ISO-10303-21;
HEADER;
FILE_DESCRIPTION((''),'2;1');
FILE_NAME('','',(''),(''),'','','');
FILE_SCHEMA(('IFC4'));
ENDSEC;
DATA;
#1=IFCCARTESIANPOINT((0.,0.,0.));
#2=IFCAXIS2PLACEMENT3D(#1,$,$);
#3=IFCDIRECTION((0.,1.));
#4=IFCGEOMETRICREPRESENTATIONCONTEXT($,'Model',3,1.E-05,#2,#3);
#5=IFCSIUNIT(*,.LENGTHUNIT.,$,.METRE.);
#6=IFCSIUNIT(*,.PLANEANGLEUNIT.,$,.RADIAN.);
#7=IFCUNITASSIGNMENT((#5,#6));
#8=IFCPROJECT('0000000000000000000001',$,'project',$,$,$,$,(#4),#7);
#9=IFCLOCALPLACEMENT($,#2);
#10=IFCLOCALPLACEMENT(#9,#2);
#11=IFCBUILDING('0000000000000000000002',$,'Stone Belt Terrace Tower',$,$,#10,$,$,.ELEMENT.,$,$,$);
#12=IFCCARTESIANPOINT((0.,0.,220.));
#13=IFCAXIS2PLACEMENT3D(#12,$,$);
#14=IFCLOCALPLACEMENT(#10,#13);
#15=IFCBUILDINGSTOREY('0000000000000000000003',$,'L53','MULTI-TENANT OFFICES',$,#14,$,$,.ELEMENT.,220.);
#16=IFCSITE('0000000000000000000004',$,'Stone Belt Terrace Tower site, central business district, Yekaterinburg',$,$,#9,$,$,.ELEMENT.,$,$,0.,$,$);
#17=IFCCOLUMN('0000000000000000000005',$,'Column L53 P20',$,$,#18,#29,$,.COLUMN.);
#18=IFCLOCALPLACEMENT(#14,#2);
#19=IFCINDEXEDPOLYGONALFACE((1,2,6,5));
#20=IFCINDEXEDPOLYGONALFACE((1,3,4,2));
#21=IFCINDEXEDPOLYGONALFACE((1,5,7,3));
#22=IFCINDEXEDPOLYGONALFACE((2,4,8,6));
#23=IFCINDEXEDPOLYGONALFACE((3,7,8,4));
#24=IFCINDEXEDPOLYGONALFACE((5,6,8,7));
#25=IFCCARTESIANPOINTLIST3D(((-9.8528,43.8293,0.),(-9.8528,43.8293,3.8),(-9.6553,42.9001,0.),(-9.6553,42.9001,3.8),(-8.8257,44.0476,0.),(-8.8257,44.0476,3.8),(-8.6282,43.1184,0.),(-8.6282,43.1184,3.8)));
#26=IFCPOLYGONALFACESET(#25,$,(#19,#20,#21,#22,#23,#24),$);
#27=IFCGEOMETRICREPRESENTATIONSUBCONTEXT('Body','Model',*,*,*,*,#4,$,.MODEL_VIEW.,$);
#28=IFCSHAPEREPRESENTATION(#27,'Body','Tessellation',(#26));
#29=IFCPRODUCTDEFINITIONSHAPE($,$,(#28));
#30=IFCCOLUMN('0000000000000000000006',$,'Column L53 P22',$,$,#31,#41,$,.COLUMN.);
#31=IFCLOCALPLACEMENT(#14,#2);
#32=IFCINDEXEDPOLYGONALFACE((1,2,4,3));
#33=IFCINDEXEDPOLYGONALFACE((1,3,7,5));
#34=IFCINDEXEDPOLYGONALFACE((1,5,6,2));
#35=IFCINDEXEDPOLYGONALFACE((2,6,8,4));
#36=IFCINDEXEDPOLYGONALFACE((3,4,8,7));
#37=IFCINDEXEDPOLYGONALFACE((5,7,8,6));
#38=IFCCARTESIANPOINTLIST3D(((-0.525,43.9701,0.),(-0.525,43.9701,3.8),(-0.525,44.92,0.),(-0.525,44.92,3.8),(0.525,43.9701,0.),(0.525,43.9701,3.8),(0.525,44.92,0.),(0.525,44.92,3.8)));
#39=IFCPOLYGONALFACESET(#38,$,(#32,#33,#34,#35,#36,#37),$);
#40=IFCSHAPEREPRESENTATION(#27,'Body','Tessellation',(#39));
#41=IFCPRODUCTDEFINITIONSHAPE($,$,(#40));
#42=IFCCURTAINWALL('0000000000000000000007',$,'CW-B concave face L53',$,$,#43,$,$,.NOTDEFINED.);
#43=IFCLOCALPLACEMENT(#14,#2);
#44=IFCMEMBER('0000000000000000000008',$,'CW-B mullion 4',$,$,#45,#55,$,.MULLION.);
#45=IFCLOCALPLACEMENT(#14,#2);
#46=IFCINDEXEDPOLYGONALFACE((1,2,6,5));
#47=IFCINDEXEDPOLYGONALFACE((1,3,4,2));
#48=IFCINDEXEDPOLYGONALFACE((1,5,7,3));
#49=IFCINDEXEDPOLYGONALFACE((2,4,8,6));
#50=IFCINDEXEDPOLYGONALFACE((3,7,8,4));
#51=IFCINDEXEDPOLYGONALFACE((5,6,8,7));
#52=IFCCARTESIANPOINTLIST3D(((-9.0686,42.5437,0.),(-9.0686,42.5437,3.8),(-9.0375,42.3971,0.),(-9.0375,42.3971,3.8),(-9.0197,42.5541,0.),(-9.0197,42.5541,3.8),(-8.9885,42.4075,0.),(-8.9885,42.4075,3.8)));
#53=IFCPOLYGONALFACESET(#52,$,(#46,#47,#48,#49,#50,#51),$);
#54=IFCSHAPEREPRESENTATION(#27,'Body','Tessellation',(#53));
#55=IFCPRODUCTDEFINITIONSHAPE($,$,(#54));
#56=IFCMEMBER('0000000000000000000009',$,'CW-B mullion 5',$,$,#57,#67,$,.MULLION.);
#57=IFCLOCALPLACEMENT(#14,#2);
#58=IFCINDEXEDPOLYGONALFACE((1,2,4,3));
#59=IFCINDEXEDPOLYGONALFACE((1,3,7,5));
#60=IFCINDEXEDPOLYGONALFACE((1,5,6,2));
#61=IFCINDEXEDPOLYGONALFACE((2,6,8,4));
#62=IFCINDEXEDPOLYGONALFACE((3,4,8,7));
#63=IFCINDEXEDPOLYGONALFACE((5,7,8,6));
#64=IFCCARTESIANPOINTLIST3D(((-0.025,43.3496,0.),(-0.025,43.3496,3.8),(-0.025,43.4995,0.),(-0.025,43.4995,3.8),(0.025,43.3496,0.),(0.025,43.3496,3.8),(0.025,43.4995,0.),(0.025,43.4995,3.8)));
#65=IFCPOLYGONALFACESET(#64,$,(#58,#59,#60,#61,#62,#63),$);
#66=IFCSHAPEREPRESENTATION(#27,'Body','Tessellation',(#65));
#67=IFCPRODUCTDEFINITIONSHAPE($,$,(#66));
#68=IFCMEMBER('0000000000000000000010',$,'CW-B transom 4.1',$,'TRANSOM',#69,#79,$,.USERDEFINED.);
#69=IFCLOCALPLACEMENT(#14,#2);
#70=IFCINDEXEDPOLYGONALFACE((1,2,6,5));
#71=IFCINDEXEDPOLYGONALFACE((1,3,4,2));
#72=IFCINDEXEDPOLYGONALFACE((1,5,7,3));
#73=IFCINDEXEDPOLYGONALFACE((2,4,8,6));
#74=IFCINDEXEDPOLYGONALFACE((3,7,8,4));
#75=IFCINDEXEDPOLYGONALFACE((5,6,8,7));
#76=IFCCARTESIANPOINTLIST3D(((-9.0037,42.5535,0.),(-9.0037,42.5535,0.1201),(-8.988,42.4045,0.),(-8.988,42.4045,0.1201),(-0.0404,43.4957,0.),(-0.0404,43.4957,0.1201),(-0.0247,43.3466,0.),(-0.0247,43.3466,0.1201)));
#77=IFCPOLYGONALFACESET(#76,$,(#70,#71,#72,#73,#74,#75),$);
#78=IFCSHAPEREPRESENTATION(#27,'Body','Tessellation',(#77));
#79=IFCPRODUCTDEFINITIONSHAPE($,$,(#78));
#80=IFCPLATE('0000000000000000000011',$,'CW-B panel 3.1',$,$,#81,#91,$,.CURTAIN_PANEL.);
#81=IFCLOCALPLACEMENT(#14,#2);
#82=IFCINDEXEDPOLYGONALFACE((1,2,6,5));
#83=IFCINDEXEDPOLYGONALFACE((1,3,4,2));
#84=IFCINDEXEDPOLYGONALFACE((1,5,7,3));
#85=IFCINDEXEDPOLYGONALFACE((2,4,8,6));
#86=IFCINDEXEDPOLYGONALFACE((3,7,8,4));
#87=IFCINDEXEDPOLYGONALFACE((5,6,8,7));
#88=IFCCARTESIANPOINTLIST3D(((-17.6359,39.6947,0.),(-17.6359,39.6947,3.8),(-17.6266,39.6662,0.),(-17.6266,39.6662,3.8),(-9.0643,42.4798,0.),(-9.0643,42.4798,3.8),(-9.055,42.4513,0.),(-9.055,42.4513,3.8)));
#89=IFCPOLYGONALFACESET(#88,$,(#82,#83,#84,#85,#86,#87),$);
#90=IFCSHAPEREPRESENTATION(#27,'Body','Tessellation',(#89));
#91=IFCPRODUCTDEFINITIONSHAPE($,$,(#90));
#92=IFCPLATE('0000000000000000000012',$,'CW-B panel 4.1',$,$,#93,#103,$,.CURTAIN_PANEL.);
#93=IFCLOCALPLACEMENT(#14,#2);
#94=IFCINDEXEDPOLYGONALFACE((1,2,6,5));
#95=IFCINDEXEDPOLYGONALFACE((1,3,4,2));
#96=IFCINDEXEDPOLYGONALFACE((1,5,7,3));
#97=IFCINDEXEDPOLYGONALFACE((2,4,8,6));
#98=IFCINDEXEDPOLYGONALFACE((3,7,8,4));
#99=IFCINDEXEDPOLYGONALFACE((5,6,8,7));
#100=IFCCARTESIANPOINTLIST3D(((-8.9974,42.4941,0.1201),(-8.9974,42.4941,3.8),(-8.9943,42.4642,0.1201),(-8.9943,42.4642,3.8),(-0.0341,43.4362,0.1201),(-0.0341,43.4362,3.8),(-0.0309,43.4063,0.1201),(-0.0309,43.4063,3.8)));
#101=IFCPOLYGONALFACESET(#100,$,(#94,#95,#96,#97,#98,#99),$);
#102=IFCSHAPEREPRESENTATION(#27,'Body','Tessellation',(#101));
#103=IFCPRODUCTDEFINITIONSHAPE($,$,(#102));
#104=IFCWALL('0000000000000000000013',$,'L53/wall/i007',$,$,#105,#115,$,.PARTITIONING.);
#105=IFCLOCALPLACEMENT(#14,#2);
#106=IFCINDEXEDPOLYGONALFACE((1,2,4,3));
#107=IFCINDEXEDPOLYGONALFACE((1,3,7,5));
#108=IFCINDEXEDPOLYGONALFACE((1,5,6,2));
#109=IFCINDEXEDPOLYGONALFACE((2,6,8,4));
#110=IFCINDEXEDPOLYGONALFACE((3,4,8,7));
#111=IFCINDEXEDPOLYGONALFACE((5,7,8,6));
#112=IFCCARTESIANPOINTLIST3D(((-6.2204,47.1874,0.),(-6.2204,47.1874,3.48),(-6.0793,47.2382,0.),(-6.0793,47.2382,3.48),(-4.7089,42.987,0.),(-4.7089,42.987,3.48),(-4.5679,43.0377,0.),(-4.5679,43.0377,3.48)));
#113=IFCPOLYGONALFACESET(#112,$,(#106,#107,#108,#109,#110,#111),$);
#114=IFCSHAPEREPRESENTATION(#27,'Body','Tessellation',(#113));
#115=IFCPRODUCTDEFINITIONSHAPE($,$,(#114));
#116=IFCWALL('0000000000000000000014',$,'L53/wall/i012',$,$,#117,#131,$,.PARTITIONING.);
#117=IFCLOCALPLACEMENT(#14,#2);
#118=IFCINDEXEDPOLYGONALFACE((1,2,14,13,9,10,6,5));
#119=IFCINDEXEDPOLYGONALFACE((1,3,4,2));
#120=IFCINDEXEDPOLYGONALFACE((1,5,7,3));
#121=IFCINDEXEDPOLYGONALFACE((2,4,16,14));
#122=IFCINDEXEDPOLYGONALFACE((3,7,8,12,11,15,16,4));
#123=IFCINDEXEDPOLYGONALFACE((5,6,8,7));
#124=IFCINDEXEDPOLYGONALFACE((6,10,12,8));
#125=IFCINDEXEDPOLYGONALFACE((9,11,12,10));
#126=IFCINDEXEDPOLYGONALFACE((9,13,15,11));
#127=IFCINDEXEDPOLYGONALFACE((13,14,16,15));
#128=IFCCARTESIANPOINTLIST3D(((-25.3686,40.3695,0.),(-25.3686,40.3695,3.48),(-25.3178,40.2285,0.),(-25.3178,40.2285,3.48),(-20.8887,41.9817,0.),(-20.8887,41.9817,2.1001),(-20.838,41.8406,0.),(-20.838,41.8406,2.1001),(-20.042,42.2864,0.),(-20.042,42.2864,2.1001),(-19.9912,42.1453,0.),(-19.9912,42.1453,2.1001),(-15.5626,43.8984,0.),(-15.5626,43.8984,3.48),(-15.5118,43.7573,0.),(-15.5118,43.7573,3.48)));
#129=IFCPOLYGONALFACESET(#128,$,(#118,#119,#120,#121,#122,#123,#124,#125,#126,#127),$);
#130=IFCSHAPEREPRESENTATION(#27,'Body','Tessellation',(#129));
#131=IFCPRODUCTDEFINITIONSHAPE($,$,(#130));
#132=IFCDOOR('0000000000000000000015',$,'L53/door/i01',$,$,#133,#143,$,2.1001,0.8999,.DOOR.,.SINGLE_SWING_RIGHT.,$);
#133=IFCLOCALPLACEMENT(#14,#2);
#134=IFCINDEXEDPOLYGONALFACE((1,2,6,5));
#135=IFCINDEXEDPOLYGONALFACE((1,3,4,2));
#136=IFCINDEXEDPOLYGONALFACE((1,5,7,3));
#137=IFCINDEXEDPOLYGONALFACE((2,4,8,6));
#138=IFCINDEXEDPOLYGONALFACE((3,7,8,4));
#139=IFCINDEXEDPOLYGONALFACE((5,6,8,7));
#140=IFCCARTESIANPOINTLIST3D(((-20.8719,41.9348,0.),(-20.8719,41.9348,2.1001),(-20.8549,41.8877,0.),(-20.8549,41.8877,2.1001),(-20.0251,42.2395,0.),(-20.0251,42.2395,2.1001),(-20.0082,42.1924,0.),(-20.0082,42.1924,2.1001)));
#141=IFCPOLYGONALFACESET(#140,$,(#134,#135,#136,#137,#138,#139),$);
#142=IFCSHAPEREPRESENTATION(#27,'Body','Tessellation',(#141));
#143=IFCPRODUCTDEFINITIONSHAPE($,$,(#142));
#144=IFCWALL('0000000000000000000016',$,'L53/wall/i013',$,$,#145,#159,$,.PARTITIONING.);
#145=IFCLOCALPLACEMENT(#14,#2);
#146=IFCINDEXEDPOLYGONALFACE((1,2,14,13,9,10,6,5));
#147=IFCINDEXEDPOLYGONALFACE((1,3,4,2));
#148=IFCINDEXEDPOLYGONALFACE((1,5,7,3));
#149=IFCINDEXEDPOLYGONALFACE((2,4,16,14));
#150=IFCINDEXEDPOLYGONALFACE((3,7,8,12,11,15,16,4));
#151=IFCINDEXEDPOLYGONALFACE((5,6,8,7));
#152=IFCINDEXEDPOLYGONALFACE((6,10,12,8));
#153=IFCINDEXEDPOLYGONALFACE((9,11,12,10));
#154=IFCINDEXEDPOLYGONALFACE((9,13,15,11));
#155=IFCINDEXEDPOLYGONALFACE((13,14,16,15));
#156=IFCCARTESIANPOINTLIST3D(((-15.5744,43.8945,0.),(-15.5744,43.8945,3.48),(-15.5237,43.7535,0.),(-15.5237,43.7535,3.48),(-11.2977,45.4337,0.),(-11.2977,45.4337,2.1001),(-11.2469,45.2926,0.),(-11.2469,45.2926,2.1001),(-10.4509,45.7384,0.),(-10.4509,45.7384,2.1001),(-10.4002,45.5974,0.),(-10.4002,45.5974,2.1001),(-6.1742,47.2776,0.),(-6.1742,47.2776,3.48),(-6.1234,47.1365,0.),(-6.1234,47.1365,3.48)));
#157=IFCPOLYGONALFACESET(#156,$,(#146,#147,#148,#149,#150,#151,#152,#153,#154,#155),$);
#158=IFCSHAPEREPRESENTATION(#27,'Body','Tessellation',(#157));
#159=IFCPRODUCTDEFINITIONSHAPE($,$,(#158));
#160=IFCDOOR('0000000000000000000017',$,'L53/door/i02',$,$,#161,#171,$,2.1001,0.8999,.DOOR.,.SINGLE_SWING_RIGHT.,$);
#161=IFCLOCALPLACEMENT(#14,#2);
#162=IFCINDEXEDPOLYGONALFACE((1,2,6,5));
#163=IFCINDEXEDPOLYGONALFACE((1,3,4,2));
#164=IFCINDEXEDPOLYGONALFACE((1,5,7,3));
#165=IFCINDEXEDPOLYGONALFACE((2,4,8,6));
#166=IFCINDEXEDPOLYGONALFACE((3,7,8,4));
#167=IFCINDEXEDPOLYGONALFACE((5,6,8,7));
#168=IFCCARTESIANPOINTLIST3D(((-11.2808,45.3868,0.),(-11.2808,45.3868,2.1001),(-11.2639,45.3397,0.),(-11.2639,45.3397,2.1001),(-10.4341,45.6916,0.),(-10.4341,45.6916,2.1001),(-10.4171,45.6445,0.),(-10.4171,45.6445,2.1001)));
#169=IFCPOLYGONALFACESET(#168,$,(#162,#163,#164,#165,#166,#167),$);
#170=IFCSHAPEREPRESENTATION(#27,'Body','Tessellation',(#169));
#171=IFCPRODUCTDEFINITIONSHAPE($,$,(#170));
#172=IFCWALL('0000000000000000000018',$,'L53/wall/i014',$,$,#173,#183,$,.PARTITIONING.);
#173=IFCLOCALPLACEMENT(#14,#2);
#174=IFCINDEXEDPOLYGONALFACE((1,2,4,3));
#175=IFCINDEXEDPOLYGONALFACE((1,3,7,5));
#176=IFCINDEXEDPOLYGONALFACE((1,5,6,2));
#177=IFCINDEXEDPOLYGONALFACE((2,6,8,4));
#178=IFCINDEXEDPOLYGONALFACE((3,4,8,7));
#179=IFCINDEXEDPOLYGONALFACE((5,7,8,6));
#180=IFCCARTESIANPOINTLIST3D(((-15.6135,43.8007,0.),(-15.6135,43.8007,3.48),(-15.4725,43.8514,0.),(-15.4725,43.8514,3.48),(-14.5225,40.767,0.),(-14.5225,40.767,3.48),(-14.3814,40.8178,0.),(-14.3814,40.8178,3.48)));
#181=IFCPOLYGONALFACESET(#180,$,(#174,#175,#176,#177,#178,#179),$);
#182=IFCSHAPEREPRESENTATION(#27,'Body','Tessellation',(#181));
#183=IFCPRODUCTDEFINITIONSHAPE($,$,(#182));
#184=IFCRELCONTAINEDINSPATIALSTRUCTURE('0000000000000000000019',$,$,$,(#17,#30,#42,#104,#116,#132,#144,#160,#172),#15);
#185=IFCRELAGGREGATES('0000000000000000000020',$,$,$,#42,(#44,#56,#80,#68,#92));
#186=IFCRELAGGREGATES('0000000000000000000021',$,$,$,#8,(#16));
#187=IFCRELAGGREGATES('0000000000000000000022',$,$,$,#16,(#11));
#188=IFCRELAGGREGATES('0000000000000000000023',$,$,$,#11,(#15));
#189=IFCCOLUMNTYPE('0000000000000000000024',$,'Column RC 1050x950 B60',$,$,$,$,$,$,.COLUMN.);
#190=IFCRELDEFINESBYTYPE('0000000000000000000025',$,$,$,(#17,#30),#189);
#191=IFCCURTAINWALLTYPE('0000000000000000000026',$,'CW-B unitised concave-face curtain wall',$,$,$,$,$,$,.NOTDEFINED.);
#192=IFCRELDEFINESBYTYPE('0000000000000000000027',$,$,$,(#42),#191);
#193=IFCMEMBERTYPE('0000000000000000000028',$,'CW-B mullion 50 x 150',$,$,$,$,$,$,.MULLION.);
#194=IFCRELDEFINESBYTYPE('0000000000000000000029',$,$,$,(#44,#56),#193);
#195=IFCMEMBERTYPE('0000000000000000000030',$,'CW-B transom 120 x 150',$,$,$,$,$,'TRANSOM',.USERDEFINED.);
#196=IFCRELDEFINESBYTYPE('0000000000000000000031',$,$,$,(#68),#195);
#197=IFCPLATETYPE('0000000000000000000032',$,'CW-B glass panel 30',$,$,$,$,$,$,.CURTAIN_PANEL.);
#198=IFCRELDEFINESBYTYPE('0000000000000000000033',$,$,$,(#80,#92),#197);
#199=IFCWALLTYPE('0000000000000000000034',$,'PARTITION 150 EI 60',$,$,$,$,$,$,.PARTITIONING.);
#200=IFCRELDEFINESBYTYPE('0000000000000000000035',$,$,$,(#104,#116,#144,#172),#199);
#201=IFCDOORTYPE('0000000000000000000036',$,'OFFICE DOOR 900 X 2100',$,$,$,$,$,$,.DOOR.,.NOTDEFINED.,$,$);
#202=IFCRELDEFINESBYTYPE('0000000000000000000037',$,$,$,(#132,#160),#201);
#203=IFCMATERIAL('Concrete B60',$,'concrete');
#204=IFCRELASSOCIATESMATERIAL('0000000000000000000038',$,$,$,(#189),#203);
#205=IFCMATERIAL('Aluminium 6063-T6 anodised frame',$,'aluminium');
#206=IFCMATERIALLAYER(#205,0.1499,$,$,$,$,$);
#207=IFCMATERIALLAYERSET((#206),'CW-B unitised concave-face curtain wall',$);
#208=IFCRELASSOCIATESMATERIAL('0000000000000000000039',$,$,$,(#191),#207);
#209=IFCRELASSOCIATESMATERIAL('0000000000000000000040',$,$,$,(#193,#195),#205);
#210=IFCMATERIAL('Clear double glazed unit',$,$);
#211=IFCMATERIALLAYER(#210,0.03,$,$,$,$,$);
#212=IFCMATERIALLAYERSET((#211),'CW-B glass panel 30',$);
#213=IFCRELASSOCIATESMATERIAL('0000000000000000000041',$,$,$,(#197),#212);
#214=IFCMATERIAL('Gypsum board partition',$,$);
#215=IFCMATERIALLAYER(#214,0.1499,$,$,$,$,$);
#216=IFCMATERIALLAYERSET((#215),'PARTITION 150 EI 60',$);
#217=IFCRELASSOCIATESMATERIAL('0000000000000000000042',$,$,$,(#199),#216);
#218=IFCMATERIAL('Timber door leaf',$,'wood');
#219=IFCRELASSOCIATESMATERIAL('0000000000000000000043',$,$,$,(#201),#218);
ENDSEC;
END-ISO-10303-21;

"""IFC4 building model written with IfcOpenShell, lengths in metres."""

from ifc_helpers import new_model, si_unit, direction, frame, frame_2d, origin, origin_2d, place, context, subcontext, project, spatial, rectangle, extrude, material, layer, layer_set, material_profile, profile_set, type_object, element, fill, aggregate, save


model = new_model("IFC4")

# Units and contexts
model_context = context("Model", 3, precision=1e-05, world=origin(), true_north=direction((0.0, 1.0)))
body_context = subcontext(model_context, "Body", "Model", "MODEL_VIEW")
ifc_project = project(units=[si_unit("LENGTHUNIT", "METRE"), si_unit("PLANEANGLEUNIT", "RADIAN")], contexts=[model_context])

# Site, building, storey
site_placement = place(None, origin())
site = spatial("IfcSite", under=ifc_project, at=site_placement, Name="Stone Belt Terrace Tower site, central business district, Yekaterinburg", CompositionType="ELEMENT", RefElevation=0.0)
building_placement = place(site_placement, origin())
building = spatial("IfcBuilding", under=site, at=building_placement, Name="Stone Belt Terrace Tower", CompositionType="ELEMENT")
storey_placement = place(building_placement, frame((0.0, 0.0, 220.0)))
storey = spatial("IfcBuildingStorey", under=building, at=storey_placement, Name="L53", Description="MULTI-TENANT OFFICES", CompositionType="ELEMENT", Elevation=220.0)

# Columns
ifc_material_1 = material(Name="Concrete B60", Category="concrete")
ifc_material_profile_1 = material_profile(ifc_material_1, rectangle(XDim=1.05, YDim=0.95, at=origin_2d()), Name="RC 1050x950")
ifc_profile_set_1 = profile_set([ifc_material_profile_1], Name="Concrete B60")
column_type = type_object("IfcColumnType", Name="Column RC 1050x950 B60", PredefinedType="COLUMN", material=ifc_profile_set_1)
for number, where, z_axis, x_axis, name in (
    (1, (-9.2405, 43.4739, 0.0), (0.0, 0.0, 1.0), (0.978148, 0.207912, 0.0), "Column L53 P20"),
    (2, (0.0, 44.4451, 0.0), (0.0, 0.0, 1.0), (1.0, 0.0, 0.0), "Column L53 P22"),
):
    element("IfcColumn", number, at=place(storey_placement, frame(where, z_axis=z_axis, x_axis=x_axis)), inside=storey, type_object=column_type, Name=name, PredefinedType="COLUMN", context=body_context, shape_type="SweptSolid", body=[
        extrude(rectangle(XDim=1.05, YDim=0.95, at=origin_2d()), origin(), (0.0, 0.0, 1.0), 3.8),
    ])

# Curtain wall, members, plates
ifc_material_2 = material(Name="Aluminium 6063-T6 anodised frame", Category="aluminium")
ifc_layer_1 = layer(ifc_material_2, 0.1499)
ifc_layer_set_1 = layer_set([ifc_layer_1], Name="CW-B unitised concave-face curtain wall")
curtain_wall_type = type_object("IfcCurtainWallType", Name="CW-B unitised concave-face curtain wall", PredefinedType="NOTDEFINED", material=ifc_layer_set_1)
curtain_wall_placement = place(storey_placement, origin())
curtain_wall = element("IfcCurtainWall", 3, at=curtain_wall_placement, inside=storey, type_object=curtain_wall_type, Name="CW-B concave face L53", PredefinedType="NOTDEFINED")
ifc_material_profile_2 = material_profile(ifc_material_2, rectangle(XDim=0.1499, YDim=0.05, at=origin_2d()), Name="Aluminium 6063-T6 50x150")
ifc_profile_set_2 = profile_set([ifc_material_profile_2], Name="Aluminium 6063-T6 anodised frame")
member_type_1 = type_object("IfcMemberType", Name="CW-B mullion 50 x 150", PredefinedType="MULLION", material=ifc_profile_set_2)
member_1_placement = place(storey_placement, frame((-9.0286, 42.4756, 0.0), z_axis=(0.0, 0.0, 1.0), x_axis=(-0.207912, 0.978148, 0.0)))
member_1 = element("IfcMember", 4, at=member_1_placement, type_object=member_type_1, Name="CW-B mullion 4", PredefinedType="MULLION", context=body_context, shape_type="SweptSolid", body=[
    extrude(rectangle(XDim=0.1499, YDim=0.05, at=origin_2d()), origin(), (0.0, 0.0, 1.0), 3.8),
])
member_2_placement = place(storey_placement, frame((0.0, 43.4246, 0.0), z_axis=(0.0, 0.0, 1.0), x_axis=(0.0, 1.0, 0.0)))
member_2 = element("IfcMember", 5, at=member_2_placement, type_object=member_type_1, Name="CW-B mullion 5", PredefinedType="MULLION", context=body_context, shape_type="SweptSolid", body=[
    extrude(rectangle(XDim=0.1499, YDim=0.05, at=origin_2d()), origin(), (0.0, 0.0, 1.0), 3.8),
])
ifc_material_profile_3 = material_profile(ifc_material_2, rectangle(XDim=0.1499, YDim=0.1201, at=origin_2d()), Name="Aluminium 6063-T6 150x120")
ifc_profile_set_3 = profile_set([ifc_material_profile_3], Name="Aluminium 6063-T6 anodised frame")
member_type_2 = type_object("IfcMemberType", Name="CW-B transom 120 x 150", ElementType="TRANSOM", PredefinedType="USERDEFINED", material=ifc_profile_set_3)
member_3_placement = place(storey_placement, frame((-8.9958, 42.479, 0.0601), z_axis=(0.994521, 0.104534, 0.0), x_axis=(-0.104534, 0.994521, 0.0)))
member_3 = element("IfcMember", 6, at=member_3_placement, type_object=member_type_2, Name="CW-B transom 4.1", ObjectType="TRANSOM", PredefinedType="USERDEFINED", context=body_context, shape_type="SweptSolid", body=[
    extrude(rectangle(XDim=0.1499, YDim=0.1201, at=origin_2d()), origin(), (0.0, 0.0, 1.0), 9.0127),
])
ifc_material_3 = material(Name="Clear double glazed unit")
ifc_layer_2 = layer(ifc_material_3, 0.03)
ifc_layer_set_2 = layer_set([ifc_layer_2], Name="CW-B glass panel 30")
plate_type = type_object("IfcPlateType", Name="CW-B glass panel 30", PredefinedType="CURTAIN_PANEL", material=ifc_layer_set_2)
plate_1_placement = place(storey_placement, frame((-13.3455, 41.073, 0.0), z_axis=(0.0, 0.0, 1.0), x_axis=(0.951057, 0.309017, 0.0)))
plate_1 = element("IfcPlate", 7, at=plate_1_placement, type_object=plate_type, Name="CW-B panel 3.1", PredefinedType="CURTAIN_PANEL", context=body_context, shape_type="SweptSolid", body=[
    extrude(rectangle(XDim=9.0127, YDim=0.03, at=origin_2d()), origin(), (0.0, 0.0, 1.0), 3.8),
])
plate_2_placement = place(storey_placement, frame((-4.5142, 42.9502, 0.1201), z_axis=(0.0, 0.0, 1.0), x_axis=(0.994522, 0.104528, 0.0)))
plate_2 = element("IfcPlate", 8, at=plate_2_placement, type_object=plate_type, Name="CW-B panel 4.1", PredefinedType="CURTAIN_PANEL", context=body_context, shape_type="SweptSolid", body=[
    extrude(rectangle(XDim=9.0127, YDim=0.03, at=origin_2d()), origin(), (0.0, 0.0, 1.0), 3.6799),
])
aggregate(curtain_wall, [member_1, member_2, plate_1, member_3, plate_2])

# Wall
ifc_material_4 = material(Name="Gypsum board partition")
ifc_layer_3 = layer(ifc_material_4, 0.1499)
ifc_layer_set_3 = layer_set([ifc_layer_3], Name="PARTITION 150 EI 60")
wall_type_1 = type_object("IfcWallType", Name="PARTITION 150 EI 60", PredefinedType="PARTITIONING", material=ifc_layer_set_3)
wall_1_placement = place(storey_placement, frame((-4.6384, 43.0125, 0.0), z_axis=(0.0, 0.0, 1.0), x_axis=(-0.338584, 0.940936, 0.0)))
element("IfcWall", 9, at=wall_1_placement, inside=storey, type_object=wall_type_1, Name="L53/wall/i007", PredefinedType="PARTITIONING", context=body_context, shape_type="SweptSolid", body=[
    extrude(rectangle(XDim=4.4641, YDim=0.1499, at=frame_2d((2.2319, 0.0))), origin(), (0.0, 0.0, 1.0), 3.48),
])

# Walls, openings, doors
wall_2_placement = place(storey_placement, frame((-15.5371, 43.8279, 0.0), z_axis=(0.0, 0.0, 1.0), x_axis=(-0.940928, -0.338607, 0.0)))
wall_2 = element("IfcWall", 10, at=wall_2_placement, inside=storey, type_object=wall_type_1, Name="L53/wall/i012", PredefinedType="PARTITIONING", context=body_context, shape_type="SweptSolid", body=[
    extrude(rectangle(XDim=10.4216, YDim=0.1499, at=frame_2d((5.2109, 0.0))), origin(), (0.0, 0.0, 1.0), 3.48),
])
opening_1_placement = place(wall_2_placement, frame((4.7607, 0.0, 0.0)))
opening_1 = element("IfcOpeningElement", 11, at=opening_1_placement, cuts=wall_2, PredefinedType="OPENING", context=body_context, shape_type="SweptSolid", body=[
    extrude(rectangle(XDim=0.8999, YDim=2.1001, at=frame_2d((0.45, 1.05))), frame((0.0, 0.085, 0.0), z_axis=(0.0, -1.0, 0.0), x_axis=(1.0, 0.0, 0.0)), (0.0, 0.0, 1.0), 0.1699),
])
ifc_material_5 = material(Name="Timber door leaf", Category="wood")
door_type_1 = type_object("IfcDoorType", Name="OFFICE DOOR 900 X 2100", OperationType="NOTDEFINED", PredefinedType="DOOR", material=ifc_material_5)
door_1_placement = place(opening_1_placement, origin())
door_1 = element("IfcDoor", 12, at=door_1_placement, inside=storey, type_object=door_type_1, Name="L53/door/i01", OperationType="SINGLE_SWING_RIGHT", OverallHeight=2.1001, OverallWidth=0.8999, PredefinedType="DOOR", context=body_context, shape_type="SweptSolid", body=[
    extrude(rectangle(XDim=0.8999, YDim=2.1001, at=frame_2d((0.45, 1.05))), frame((0.0, 0.0249, 0.0), z_axis=(0.0, -1.0, 0.0), x_axis=(1.0, 0.0, 0.0)), (0.0, 0.0, 1.0), 0.05),
])
fill(opening_1, door_1)
wall_3_placement = place(storey_placement, frame((-6.1489, 47.207, 0.0), z_axis=(0.0, 0.0, 1.0), x_axis=(-0.940919, -0.338631, 0.0)))
wall_3 = element("IfcWall", 13, at=wall_3_placement, inside=storey, type_object=wall_type_1, Name="L53/wall/i013", PredefinedType="PARTITIONING", context=body_context, shape_type="SweptSolid", body=[
    extrude(rectangle(XDim=9.9905, YDim=0.1499, at=frame_2d((4.9951, 0.0))), origin(), (0.0, 0.0, 1.0), 3.48),
])
opening_2_placement = place(wall_3_placement, frame((4.5452, 0.0, 0.0)))
opening_2 = element("IfcOpeningElement", 14, at=opening_2_placement, cuts=wall_3, PredefinedType="OPENING", context=body_context, shape_type="SweptSolid", body=[
    extrude(rectangle(XDim=0.8999, YDim=2.1001, at=frame_2d((0.45, 1.05))), frame((0.0, 0.085, 0.0), z_axis=(0.0, -1.0, 0.0), x_axis=(1.0, 0.0, 0.0)), (0.0, 0.0, 1.0), 0.1699),
])
door_2_placement = place(opening_2_placement, origin())
door_2 = element("IfcDoor", 15, at=door_2_placement, inside=storey, type_object=door_type_1, Name="L53/door/i02", OperationType="SINGLE_SWING_RIGHT", OverallHeight=2.1001, OverallWidth=0.8999, PredefinedType="DOOR", context=body_context, shape_type="SweptSolid", body=[
    extrude(rectangle(XDim=0.8999, YDim=2.1001, at=frame_2d((0.45, 1.05))), frame((0.0, 0.0249, 0.0), z_axis=(0.0, -1.0, 0.0), x_axis=(1.0, 0.0, 0.0)), (0.0, 0.0, 1.0), 0.05),
])
fill(opening_2, door_2)

# Wall
wall_4_placement = place(storey_placement, frame((-15.543, 43.8259, 0.0), z_axis=(0.0, 0.0, 1.0), x_axis=(0.338427, -0.940993, 0.0)))
element("IfcWall", 16, at=wall_4_placement, inside=storey, type_object=wall_type_1, Name="L53/wall/i014", PredefinedType="PARTITIONING", context=body_context, shape_type="SweptSolid", body=[
    extrude(rectangle(XDim=3.2239, YDim=0.1499, at=frame_2d((1.6118, 0.0))), origin(), (0.0, 0.0, 1.0), 3.48),
])

save(model, "model.ifc")
